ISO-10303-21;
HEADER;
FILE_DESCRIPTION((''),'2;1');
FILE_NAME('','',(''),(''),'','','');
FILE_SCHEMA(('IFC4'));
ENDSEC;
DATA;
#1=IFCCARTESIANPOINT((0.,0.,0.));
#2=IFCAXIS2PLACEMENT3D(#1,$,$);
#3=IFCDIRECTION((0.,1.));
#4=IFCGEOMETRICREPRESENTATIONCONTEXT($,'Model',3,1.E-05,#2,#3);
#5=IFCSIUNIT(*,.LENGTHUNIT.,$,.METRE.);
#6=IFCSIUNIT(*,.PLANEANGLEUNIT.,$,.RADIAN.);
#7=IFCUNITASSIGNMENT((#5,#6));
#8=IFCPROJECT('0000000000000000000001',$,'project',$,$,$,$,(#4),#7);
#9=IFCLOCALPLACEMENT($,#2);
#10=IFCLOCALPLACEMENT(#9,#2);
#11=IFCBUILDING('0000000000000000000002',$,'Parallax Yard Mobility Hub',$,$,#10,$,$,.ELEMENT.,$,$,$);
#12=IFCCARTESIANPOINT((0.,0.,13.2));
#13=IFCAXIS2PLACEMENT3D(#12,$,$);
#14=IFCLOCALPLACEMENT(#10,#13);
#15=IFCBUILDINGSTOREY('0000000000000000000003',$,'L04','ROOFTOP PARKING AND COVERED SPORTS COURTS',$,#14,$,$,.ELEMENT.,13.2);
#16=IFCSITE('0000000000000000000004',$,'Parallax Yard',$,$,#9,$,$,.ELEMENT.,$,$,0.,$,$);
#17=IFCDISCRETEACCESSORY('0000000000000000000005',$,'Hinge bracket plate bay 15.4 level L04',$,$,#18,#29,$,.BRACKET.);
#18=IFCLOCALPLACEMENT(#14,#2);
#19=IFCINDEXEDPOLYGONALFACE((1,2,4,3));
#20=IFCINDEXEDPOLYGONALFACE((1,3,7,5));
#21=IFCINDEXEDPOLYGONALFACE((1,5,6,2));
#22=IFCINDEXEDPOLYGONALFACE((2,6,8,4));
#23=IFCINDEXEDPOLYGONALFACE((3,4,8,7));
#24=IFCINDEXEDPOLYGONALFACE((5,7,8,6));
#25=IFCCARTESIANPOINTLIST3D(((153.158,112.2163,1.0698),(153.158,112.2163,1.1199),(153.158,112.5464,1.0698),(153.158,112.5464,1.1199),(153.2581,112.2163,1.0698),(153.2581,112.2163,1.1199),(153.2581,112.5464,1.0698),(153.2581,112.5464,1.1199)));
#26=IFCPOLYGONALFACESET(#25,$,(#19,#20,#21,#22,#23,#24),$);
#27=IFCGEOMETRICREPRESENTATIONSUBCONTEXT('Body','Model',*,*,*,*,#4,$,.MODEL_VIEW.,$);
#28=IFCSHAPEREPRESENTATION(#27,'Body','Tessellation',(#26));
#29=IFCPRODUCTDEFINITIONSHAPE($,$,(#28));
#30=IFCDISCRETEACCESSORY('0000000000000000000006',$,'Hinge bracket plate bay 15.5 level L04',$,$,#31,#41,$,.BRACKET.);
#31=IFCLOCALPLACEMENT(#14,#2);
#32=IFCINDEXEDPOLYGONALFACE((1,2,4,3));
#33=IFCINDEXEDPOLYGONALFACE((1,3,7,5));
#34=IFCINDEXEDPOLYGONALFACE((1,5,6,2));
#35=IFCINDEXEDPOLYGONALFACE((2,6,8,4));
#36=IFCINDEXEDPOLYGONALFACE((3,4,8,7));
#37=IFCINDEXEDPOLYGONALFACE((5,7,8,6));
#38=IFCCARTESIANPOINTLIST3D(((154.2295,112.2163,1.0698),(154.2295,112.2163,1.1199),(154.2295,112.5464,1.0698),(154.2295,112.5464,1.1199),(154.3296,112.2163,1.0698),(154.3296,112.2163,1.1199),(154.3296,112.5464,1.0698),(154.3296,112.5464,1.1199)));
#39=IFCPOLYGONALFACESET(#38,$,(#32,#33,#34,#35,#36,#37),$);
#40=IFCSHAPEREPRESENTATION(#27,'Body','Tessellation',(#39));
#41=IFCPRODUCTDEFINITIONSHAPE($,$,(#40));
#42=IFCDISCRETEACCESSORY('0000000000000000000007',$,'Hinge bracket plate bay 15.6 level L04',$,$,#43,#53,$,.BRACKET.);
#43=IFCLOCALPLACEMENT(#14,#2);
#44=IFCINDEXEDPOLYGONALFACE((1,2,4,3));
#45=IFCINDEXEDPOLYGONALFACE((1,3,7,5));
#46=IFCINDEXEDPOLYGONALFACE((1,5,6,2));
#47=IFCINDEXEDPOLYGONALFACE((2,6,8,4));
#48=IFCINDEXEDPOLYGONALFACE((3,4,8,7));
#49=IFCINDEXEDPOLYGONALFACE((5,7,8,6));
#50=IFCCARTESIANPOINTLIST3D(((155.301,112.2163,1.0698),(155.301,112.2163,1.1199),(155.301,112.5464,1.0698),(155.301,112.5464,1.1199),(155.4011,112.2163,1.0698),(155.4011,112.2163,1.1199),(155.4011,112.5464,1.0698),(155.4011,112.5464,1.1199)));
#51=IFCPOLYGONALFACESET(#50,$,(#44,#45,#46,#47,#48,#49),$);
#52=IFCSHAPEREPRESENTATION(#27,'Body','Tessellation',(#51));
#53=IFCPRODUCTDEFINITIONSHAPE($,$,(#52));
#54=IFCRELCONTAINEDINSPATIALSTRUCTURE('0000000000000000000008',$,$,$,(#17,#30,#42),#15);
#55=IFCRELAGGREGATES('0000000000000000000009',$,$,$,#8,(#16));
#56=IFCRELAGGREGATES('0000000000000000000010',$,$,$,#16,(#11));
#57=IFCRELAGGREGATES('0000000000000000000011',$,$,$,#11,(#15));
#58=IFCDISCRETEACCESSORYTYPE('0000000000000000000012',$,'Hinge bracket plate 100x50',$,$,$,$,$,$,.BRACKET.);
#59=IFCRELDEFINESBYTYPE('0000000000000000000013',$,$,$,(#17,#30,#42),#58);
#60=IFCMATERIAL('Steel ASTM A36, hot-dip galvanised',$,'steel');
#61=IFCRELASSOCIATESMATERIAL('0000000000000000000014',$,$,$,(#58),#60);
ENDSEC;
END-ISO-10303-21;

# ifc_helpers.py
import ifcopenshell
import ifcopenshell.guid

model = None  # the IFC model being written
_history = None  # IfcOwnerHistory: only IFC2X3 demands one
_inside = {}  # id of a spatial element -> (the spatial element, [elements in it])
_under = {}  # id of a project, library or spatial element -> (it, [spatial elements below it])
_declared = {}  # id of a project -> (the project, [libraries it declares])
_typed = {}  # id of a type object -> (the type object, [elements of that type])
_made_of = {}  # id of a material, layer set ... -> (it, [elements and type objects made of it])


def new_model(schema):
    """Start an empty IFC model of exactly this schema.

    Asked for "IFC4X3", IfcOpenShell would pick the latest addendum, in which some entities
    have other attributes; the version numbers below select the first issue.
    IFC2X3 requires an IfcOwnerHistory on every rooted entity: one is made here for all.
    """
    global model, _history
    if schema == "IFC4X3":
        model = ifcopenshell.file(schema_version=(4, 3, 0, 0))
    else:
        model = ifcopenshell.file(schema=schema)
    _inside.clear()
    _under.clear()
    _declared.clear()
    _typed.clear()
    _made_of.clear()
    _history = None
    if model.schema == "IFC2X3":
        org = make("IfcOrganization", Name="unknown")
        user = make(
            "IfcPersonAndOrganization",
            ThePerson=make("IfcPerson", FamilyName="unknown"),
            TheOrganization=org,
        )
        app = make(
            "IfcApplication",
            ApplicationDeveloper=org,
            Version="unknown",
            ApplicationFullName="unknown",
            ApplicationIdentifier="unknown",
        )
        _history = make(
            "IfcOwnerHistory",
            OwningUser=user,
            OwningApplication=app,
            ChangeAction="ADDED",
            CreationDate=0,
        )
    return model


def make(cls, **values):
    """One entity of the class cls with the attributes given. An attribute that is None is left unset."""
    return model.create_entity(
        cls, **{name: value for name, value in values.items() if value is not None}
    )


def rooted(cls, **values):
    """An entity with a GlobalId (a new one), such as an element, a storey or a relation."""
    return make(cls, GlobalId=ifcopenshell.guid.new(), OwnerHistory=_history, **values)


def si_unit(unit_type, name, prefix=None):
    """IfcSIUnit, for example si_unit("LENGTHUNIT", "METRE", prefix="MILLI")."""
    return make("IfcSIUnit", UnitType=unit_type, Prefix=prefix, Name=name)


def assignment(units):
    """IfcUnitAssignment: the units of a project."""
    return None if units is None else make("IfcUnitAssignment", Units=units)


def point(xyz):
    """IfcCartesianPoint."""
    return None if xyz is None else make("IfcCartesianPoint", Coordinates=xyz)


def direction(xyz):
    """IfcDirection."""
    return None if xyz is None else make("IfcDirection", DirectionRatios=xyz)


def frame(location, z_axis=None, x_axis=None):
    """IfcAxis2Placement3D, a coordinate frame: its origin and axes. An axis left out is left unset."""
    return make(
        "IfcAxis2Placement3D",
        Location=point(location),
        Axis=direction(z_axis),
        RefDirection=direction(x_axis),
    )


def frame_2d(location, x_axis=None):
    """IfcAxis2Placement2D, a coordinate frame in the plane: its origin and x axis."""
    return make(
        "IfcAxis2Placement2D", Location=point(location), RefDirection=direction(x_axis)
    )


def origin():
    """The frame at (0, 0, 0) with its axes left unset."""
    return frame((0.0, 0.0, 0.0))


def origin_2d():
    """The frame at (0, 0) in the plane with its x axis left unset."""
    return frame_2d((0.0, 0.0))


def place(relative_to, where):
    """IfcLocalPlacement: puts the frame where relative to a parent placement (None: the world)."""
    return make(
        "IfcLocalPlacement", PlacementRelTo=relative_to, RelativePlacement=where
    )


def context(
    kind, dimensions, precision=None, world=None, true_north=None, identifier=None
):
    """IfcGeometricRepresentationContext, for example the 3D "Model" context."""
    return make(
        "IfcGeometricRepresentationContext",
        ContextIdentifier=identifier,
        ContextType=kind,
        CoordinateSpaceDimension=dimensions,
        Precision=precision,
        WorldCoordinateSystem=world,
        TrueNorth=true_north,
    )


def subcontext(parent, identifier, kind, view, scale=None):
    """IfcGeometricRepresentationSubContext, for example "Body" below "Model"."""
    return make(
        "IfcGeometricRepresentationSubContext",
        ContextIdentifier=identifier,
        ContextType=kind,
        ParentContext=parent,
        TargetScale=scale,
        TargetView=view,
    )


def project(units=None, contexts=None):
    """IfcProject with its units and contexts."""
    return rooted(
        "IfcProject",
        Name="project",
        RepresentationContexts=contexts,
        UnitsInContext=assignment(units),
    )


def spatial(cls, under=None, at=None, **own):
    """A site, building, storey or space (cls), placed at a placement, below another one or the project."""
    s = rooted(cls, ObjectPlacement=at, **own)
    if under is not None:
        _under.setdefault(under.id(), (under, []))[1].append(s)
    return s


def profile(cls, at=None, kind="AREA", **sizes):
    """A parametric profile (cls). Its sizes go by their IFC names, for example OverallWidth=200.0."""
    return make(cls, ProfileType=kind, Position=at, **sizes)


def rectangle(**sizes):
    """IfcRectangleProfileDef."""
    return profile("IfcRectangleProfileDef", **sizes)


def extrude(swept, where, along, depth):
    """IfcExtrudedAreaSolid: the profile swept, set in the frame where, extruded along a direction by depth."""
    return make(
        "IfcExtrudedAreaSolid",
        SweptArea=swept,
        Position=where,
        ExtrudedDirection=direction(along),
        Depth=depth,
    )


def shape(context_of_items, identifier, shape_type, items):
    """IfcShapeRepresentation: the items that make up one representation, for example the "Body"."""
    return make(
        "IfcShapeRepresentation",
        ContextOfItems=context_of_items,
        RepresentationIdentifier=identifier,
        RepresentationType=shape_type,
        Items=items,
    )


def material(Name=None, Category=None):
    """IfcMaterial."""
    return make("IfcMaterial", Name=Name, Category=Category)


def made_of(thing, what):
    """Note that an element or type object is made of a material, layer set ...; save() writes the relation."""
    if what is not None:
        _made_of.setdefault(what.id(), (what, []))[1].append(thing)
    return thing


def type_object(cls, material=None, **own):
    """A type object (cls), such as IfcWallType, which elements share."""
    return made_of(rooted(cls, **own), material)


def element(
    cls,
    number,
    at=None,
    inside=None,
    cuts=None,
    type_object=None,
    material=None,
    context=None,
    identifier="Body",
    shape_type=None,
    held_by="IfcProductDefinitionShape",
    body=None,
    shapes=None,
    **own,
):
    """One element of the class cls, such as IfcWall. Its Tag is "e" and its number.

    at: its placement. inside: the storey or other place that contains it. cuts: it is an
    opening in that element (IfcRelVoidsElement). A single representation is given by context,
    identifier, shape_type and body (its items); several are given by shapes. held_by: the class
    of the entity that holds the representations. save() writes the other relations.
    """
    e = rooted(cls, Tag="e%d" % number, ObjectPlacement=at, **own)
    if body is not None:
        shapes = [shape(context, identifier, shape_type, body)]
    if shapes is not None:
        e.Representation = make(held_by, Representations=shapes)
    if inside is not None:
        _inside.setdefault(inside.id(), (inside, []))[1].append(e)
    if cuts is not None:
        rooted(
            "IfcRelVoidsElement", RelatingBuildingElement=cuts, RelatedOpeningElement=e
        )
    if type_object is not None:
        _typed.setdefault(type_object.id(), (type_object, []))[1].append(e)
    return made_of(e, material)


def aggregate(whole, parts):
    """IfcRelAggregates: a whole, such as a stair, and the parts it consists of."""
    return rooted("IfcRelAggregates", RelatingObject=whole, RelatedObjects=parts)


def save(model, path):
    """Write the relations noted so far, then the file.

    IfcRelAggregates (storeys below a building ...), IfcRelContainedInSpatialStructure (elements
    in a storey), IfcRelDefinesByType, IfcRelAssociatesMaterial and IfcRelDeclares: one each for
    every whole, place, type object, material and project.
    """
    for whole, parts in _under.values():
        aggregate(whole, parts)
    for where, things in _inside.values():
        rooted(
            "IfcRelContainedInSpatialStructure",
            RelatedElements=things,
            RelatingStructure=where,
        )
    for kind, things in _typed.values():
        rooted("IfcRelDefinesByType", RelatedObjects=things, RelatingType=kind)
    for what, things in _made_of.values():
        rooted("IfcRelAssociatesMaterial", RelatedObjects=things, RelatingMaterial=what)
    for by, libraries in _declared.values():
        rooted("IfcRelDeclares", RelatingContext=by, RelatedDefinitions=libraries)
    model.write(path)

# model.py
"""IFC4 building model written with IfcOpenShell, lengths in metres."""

from ifc_helpers import new_model, si_unit, direction, frame, origin, origin_2d, place, context, subcontext, project, spatial, rectangle, extrude, material, type_object, element, save


model = new_model("IFC4")

# Units and contexts
model_context = context("Model", 3, precision=1e-05, world=origin(), true_north=direction((0.0, 1.0)))
body_context = subcontext(model_context, "Body", "Model", "MODEL_VIEW")
ifc_project = project(units=[si_unit("LENGTHUNIT", "METRE"), si_unit("PLANEANGLEUNIT", "RADIAN")], contexts=[model_context])

# Site, building, storey
site_placement = place(None, origin())
site = spatial("IfcSite", under=ifc_project, at=site_placement, Name="Parallax Yard", CompositionType="ELEMENT", RefElevation=0.0)
building_placement = place(site_placement, origin())
building = spatial("IfcBuilding", under=site, at=building_placement, Name="Parallax Yard Mobility Hub", CompositionType="ELEMENT")
storey_placement = place(building_placement, frame((0.0, 0.0, 13.2)))
storey = spatial("IfcBuildingStorey", under=building, at=storey_placement, Name="L04", Description="ROOFTOP PARKING AND COVERED SPORTS COURTS", CompositionType="ELEMENT", Elevation=13.2)

# Discrete accessories
ifc_material_1 = material(Name="Steel ASTM A36, hot-dip galvanised", Category="steel")
discrete_accessory_type = type_object("IfcDiscreteAccessoryType", Name="Hinge bracket plate 100x50", PredefinedType="BRACKET", material=ifc_material_1)
for number, where, z_axis, x_axis, name in (
    (1, (153.208, 112.3813, 1.0698), (0.0, 0.0, 1.0), (0.0, -1.0, 0.0), "Hinge bracket plate bay 15.4 level L04"),
    (2, (154.2795, 112.3813, 1.0698), (0.0, 0.0, 1.0), (0.0, -1.0, 0.0), "Hinge bracket plate bay 15.5 level L04"),
    (3, (155.3511, 112.3813, 1.0698), (0.0, 0.0, 1.0), (0.0, -1.0, 0.0), "Hinge bracket plate bay 15.6 level L04"),
):
    element("IfcDiscreteAccessory", number, at=place(storey_placement, frame(where, z_axis=z_axis, x_axis=x_axis)), inside=storey, type_object=discrete_accessory_type, Name=name, PredefinedType="BRACKET", context=body_context, shape_type="SweptSolid", body=[
        extrude(rectangle(XDim=0.3301, YDim=0.1001, at=origin_2d()), origin(), (0.0, 0.0, 1.0), 0.05),
    ])

save(model, "model.ifc")
